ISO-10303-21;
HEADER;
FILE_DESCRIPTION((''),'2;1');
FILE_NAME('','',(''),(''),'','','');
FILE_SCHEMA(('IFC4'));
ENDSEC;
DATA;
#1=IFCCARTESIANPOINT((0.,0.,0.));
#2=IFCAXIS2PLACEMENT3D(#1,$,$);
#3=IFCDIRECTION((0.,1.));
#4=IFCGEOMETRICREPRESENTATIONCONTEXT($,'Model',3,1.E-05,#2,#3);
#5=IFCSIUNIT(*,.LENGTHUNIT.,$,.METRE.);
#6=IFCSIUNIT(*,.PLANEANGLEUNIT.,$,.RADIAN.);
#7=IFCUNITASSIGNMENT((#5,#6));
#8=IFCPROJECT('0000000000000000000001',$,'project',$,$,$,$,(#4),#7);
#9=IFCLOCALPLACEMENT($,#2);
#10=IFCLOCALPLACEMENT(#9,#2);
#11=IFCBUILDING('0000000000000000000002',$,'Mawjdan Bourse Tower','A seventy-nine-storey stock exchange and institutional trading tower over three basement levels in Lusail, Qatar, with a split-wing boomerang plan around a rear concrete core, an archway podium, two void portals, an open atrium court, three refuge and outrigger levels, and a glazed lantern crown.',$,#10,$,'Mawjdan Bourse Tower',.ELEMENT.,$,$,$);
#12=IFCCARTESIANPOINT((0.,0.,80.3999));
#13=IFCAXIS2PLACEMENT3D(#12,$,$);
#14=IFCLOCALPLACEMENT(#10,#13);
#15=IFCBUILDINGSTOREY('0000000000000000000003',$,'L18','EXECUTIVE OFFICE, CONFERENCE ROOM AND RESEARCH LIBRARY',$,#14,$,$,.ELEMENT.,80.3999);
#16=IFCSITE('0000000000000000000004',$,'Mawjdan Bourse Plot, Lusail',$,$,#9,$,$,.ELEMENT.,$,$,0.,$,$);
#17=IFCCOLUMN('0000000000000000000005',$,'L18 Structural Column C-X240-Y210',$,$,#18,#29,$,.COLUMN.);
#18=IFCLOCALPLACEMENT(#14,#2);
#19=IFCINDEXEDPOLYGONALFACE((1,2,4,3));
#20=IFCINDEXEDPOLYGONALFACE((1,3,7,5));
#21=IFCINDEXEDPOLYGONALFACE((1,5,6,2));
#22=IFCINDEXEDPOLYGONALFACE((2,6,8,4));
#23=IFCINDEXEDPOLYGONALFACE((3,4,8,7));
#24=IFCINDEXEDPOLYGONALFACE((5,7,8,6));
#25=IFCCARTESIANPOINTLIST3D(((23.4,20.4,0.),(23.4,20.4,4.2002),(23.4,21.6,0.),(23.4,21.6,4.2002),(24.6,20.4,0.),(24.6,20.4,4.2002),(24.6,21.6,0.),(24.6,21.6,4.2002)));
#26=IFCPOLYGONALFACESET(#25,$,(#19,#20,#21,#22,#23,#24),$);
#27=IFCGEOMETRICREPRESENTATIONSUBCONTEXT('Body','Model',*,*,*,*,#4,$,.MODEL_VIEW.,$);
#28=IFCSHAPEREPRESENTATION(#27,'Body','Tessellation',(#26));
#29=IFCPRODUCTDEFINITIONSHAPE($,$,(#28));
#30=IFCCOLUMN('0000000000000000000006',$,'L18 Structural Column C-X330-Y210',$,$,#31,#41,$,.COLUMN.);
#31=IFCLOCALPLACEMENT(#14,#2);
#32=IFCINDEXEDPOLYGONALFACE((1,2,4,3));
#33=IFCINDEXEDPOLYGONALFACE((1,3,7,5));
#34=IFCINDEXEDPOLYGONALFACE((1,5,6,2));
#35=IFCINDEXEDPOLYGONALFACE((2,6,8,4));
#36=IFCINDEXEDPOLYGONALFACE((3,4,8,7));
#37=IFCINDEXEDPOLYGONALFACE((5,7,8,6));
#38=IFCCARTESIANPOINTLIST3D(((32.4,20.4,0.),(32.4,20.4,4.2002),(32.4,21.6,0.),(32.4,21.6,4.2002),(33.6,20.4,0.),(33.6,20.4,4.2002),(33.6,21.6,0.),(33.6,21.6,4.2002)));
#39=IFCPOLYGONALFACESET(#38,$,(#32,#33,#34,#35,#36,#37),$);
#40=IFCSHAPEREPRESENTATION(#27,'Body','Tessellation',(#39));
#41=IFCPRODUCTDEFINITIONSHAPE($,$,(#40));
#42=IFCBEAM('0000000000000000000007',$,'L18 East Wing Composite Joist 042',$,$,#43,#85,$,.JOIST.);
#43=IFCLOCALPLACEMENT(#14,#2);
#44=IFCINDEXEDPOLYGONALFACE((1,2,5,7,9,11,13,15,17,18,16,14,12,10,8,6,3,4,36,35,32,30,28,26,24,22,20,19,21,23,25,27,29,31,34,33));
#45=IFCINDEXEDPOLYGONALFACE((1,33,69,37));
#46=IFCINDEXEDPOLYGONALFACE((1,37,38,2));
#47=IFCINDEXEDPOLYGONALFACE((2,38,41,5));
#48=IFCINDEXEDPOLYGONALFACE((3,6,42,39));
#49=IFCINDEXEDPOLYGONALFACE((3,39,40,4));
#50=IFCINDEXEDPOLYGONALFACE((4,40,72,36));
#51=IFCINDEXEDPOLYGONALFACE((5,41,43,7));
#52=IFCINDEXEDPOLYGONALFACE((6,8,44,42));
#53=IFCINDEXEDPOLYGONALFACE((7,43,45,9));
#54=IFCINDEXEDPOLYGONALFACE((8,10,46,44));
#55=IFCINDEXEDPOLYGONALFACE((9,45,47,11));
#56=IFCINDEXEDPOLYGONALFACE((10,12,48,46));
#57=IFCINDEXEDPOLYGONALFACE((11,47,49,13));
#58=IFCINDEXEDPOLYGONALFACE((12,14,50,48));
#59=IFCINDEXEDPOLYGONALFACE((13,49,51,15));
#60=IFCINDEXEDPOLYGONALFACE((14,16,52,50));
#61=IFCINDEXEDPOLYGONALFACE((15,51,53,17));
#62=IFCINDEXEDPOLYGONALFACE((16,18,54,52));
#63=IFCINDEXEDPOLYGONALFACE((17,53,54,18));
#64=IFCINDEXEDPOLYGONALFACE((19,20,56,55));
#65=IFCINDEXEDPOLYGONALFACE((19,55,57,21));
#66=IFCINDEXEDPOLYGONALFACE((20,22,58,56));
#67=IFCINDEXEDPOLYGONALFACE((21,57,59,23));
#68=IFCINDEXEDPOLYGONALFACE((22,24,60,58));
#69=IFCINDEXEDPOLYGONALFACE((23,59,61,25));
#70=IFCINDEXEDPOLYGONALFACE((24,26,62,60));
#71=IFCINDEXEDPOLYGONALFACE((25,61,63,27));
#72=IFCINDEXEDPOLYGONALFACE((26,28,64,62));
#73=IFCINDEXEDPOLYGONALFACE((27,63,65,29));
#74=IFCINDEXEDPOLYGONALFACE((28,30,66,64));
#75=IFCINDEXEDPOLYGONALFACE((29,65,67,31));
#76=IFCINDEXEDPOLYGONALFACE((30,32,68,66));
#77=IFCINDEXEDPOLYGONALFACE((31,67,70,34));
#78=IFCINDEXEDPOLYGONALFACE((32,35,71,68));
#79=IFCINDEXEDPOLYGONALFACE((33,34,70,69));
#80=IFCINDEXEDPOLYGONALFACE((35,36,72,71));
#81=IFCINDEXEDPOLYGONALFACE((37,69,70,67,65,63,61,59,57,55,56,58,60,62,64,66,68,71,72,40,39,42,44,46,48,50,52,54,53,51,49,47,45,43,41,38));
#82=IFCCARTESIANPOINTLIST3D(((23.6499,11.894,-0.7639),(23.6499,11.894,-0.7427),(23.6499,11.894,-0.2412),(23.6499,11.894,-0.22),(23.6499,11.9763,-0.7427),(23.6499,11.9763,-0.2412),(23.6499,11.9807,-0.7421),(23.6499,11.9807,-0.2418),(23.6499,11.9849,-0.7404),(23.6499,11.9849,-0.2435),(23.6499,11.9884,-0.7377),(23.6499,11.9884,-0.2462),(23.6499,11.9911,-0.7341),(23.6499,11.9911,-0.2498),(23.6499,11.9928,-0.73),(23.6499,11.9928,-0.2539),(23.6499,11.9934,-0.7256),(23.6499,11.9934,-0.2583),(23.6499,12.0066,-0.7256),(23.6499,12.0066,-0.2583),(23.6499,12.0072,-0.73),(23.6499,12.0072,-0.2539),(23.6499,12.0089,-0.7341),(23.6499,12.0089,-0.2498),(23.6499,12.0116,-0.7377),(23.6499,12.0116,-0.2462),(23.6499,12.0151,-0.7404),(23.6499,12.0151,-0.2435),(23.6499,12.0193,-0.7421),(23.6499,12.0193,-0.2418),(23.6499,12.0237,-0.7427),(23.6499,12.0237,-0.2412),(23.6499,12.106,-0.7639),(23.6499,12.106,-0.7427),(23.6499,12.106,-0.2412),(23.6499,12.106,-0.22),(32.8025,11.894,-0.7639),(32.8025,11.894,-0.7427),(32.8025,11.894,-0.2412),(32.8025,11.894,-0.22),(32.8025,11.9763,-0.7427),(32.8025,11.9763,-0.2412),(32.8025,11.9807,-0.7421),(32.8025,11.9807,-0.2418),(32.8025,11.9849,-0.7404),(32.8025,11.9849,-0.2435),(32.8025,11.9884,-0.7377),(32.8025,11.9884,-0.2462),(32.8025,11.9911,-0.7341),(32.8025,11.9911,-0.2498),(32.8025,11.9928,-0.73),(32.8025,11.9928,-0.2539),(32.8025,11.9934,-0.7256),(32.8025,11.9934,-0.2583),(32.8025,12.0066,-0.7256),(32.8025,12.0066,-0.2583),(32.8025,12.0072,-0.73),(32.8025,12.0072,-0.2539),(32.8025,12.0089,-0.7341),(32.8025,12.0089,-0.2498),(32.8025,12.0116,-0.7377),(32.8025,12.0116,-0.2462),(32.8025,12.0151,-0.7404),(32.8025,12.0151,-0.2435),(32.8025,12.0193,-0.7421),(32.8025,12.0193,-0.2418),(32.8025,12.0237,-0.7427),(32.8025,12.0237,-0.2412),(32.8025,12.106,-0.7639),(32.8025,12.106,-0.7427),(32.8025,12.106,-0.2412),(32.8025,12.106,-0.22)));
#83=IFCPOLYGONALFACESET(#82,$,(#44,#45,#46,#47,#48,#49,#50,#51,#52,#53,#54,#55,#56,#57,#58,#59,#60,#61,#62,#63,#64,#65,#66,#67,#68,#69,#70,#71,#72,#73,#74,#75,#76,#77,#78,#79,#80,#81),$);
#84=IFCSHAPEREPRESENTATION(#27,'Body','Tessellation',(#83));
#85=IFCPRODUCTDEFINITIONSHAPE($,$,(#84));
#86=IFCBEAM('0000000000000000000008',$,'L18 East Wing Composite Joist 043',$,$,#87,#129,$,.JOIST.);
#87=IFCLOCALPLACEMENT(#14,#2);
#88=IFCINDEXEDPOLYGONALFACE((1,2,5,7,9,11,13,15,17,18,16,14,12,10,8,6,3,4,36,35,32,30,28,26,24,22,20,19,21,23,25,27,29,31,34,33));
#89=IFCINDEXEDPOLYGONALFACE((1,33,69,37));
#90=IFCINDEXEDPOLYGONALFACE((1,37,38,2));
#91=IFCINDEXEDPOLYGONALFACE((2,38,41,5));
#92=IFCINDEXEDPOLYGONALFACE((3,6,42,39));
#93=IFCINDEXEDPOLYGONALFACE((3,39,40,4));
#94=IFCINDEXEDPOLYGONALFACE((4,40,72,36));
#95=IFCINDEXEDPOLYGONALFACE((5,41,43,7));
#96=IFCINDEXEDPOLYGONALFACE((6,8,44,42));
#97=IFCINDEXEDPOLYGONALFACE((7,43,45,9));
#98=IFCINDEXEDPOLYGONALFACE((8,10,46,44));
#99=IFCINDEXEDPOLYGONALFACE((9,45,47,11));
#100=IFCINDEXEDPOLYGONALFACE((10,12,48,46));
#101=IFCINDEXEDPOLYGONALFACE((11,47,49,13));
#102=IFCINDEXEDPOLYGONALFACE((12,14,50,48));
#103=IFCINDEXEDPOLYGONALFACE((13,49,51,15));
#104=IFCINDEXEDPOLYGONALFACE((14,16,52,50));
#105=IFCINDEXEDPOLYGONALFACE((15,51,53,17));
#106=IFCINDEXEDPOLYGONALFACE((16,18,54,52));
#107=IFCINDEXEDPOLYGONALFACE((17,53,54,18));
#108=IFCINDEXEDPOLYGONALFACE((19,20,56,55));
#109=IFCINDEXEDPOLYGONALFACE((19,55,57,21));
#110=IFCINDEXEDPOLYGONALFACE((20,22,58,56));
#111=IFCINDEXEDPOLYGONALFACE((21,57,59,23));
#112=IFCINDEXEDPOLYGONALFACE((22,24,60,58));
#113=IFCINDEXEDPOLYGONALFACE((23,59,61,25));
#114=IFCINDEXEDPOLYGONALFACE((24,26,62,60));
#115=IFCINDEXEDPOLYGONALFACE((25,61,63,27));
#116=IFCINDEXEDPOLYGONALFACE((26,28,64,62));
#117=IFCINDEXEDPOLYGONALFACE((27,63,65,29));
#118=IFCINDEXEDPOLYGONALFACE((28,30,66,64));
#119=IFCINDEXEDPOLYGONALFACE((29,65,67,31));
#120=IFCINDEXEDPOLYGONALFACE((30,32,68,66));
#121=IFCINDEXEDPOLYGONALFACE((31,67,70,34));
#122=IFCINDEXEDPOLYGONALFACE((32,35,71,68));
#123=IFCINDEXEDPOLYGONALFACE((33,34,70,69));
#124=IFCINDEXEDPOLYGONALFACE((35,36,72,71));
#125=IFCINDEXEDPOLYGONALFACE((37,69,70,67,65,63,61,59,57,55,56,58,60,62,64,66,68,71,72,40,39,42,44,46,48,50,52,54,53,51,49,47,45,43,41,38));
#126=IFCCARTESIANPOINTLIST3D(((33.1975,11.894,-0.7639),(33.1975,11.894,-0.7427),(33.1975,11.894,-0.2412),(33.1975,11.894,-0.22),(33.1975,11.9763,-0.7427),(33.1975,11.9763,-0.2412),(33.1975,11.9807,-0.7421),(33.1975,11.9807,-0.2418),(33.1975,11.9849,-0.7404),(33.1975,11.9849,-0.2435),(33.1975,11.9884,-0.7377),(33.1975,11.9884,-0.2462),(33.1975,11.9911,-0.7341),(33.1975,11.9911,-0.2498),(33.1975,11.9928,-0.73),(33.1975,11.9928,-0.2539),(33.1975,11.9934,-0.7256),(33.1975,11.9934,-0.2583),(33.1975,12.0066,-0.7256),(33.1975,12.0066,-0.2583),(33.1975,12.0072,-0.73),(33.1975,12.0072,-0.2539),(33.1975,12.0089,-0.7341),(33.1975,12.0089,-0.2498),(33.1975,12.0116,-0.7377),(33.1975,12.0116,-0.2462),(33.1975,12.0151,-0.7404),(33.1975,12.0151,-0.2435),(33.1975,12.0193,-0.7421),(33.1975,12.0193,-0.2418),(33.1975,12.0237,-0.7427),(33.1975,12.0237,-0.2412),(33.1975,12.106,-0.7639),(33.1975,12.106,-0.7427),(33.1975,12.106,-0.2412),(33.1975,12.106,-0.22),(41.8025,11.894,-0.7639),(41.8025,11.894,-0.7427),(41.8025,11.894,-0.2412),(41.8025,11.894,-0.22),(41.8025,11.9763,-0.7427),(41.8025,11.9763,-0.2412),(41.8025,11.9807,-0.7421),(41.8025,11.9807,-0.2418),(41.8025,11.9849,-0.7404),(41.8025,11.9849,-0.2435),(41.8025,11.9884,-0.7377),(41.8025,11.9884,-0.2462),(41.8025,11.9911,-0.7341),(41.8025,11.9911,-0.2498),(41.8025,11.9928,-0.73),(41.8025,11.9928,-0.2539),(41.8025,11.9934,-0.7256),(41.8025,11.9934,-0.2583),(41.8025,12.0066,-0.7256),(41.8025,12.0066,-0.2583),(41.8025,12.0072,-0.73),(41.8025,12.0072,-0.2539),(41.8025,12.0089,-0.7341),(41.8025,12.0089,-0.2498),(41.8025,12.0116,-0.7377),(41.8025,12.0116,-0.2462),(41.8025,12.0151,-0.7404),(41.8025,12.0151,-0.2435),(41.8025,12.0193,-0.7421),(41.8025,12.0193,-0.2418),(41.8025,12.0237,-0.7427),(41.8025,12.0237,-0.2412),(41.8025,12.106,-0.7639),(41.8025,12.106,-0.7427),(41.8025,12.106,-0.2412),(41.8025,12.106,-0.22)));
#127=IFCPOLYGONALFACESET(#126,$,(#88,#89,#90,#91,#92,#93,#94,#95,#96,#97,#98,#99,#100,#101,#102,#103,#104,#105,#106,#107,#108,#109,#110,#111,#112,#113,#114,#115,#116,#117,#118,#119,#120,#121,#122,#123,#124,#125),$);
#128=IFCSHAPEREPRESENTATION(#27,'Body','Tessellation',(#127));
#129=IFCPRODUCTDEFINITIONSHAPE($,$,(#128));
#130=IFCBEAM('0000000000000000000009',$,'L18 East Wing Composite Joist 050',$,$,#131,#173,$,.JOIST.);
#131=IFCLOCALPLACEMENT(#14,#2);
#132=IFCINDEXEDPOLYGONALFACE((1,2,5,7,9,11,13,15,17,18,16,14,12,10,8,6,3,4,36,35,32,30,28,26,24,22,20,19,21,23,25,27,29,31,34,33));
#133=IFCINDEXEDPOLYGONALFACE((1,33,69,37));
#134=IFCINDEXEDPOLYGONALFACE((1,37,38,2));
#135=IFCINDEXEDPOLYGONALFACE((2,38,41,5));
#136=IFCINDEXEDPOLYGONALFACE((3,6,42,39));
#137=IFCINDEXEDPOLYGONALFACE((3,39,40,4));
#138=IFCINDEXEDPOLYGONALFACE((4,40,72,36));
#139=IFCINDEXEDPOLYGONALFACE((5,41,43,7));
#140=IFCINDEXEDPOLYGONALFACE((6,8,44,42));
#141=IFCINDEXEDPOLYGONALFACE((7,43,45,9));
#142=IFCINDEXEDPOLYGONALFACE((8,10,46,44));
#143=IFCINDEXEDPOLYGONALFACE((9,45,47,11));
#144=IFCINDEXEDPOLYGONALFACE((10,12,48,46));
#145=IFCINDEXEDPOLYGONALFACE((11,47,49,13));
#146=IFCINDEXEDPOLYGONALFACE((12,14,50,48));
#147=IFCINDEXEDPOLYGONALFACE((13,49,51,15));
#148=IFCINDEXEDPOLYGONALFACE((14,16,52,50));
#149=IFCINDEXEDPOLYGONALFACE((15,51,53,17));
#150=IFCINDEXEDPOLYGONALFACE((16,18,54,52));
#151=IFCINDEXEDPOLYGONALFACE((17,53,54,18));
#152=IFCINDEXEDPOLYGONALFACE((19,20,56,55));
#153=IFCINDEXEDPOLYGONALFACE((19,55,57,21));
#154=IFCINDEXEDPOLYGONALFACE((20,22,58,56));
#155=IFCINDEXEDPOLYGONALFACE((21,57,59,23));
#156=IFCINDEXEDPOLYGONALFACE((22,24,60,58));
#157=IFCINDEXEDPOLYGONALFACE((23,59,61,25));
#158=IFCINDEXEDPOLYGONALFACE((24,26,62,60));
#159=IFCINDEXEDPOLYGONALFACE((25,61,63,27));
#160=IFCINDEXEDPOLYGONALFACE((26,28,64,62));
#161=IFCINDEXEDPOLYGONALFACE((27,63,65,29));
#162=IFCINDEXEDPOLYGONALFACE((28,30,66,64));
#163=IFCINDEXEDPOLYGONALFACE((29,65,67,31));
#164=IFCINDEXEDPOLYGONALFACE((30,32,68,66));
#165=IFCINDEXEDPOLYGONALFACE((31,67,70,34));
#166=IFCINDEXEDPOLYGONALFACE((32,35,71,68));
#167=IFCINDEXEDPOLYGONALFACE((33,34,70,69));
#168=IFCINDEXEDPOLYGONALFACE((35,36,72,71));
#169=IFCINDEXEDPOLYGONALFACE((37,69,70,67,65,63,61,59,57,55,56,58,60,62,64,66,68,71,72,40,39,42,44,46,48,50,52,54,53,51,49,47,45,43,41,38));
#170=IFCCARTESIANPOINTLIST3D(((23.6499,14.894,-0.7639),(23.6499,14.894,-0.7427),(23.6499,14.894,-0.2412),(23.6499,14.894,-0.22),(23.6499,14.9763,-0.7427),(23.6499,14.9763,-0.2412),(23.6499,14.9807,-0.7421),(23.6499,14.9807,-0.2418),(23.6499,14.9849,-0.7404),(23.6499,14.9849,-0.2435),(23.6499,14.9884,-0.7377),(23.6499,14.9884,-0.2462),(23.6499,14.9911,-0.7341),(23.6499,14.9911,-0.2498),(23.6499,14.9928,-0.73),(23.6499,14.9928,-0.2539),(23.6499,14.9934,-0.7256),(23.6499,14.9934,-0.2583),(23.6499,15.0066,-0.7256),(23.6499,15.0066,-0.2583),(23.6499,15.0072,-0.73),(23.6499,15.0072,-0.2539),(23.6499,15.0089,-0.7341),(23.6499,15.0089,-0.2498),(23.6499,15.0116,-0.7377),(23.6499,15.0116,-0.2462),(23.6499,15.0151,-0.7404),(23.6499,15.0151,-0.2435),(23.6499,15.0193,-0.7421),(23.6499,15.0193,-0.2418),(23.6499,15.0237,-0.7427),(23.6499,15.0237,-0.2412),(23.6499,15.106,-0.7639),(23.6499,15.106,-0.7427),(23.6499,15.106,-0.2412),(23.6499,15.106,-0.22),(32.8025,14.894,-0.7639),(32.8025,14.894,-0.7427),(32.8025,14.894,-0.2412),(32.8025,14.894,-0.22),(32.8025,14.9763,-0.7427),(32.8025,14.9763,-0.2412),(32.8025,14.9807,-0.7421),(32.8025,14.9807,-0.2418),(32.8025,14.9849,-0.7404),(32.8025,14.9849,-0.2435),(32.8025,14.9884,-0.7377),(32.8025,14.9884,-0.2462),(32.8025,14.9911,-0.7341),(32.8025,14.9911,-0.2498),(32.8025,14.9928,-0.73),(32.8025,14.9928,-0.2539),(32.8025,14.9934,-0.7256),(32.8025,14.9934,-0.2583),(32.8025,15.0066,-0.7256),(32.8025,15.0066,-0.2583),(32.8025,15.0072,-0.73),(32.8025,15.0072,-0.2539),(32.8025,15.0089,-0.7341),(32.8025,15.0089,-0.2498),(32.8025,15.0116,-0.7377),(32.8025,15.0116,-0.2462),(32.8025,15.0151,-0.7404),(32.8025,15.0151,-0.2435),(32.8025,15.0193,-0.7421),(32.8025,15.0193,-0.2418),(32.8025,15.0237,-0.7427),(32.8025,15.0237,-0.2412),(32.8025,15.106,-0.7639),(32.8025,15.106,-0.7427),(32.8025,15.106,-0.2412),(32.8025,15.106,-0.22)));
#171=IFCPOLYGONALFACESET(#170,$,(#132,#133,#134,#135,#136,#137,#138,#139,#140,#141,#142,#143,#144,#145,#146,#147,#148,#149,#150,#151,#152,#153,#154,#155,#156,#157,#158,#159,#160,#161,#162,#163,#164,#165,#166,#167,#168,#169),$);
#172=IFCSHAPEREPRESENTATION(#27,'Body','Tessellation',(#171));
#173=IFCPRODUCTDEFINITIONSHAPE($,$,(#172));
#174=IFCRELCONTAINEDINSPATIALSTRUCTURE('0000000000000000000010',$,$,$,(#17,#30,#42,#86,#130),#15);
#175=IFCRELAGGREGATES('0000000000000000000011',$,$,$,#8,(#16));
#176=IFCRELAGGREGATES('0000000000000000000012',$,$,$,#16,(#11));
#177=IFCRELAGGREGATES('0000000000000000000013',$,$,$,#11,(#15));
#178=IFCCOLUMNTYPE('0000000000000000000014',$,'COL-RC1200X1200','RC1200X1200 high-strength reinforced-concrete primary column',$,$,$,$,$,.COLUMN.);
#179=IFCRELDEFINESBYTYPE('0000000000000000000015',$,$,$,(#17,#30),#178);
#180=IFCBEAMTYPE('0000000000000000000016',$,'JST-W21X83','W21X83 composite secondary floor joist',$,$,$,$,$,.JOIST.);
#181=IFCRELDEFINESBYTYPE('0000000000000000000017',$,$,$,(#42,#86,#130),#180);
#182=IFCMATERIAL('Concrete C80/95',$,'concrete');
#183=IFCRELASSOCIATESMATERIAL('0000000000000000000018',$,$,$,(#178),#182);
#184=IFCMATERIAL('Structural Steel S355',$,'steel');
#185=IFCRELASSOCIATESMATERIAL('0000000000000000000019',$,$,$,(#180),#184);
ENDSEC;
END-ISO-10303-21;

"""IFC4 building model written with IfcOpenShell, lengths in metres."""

from ifc_helpers import new_model, si_unit, direction, frame, origin, origin_2d, place, context, subcontext, project, spatial, rectangle, i_section, extrude, material, material_profile, profile_set, type_object, element, save


model = new_model("IFC4")

# Units and contexts
model_context = context("Model", 3, precision=1e-05, world=origin(), true_north=direction((0.0, 1.0)))
body_context = subcontext(model_context, "Body", "Model", "MODEL_VIEW")
ifc_project = project(units=[si_unit("LENGTHUNIT", "METRE"), si_unit("PLANEANGLEUNIT", "RADIAN")], contexts=[model_context])

# Site, building, storey
site_placement = place(None, origin())
site = spatial("IfcSite", under=ifc_project, at=site_placement, Name="Mawjdan Bourse Plot, Lusail", CompositionType="ELEMENT", RefElevation=0.0)
building_placement = place(site_placement, origin())
building = spatial("IfcBuilding", under=site, at=building_placement, Name="Mawjdan Bourse Tower", Description="A seventy-nine-storey stock exchange and institutional trading tower over three basement levels in Lusail, Qatar, with a split-wing boomerang plan around a rear concrete core, an archway podium, two void portals, an open atrium court, three refuge and outrigger levels, and a glazed lantern crown.", LongName="Mawjdan Bourse Tower", CompositionType="ELEMENT")
storey_placement = place(building_placement, frame((0.0, 0.0, 80.3999)))
storey = spatial("IfcBuildingStorey", under=building, at=storey_placement, Name="L18", Description="EXECUTIVE OFFICE, CONFERENCE ROOM AND RESEARCH LIBRARY", CompositionType="ELEMENT", Elevation=80.3999)

# Columns
ifc_material_1 = material(Name="Concrete C80/95", Category="concrete")
ifc_material_profile_1 = material_profile(ifc_material_1, rectangle(XDim=1.2, YDim=1.2, at=origin_2d()), Name="RC1200X1200")
ifc_profile_set_1 = profile_set([ifc_material_profile_1], Name="Concrete C80/95")
column_type = type_object("IfcColumnType", Name="COL-RC1200X1200", Description="RC1200X1200 high-strength reinforced-concrete primary column", PredefinedType="COLUMN", material=ifc_profile_set_1)
for number, where, z_axis, x_axis, name in (
    (1, (24.0, 21.0, 0.0), (0.0, 0.0, 1.0), (1.0, 0.0, 0.0), "L18 Structural Column C-X240-Y210"),
    (2, (33.0, 21.0, 0.0), (0.0, 0.0, 1.0), (1.0, 0.0, 0.0), "L18 Structural Column C-X330-Y210"),
):
    element("IfcColumn", number, at=place(storey_placement, frame(where, z_axis=z_axis, x_axis=x_axis)), inside=storey, type_object=column_type, Name=name, PredefinedType="COLUMN", context=body_context, shape_type="SweptSolid", body=[
        extrude(rectangle(XDim=1.2, YDim=1.2, at=origin_2d()), origin(), (0.0, 0.0, 1.0), 4.2002),
    ])

# Beams
ifc_material_2 = material(Name="Structural Steel S355", Category="steel")
ifc_material_profile_2 = material_profile(ifc_material_2, i_section(OverallWidth=0.2119, OverallDepth=0.5439, WebThickness=0.0132, FlangeThickness=0.0212, FilletRadius=0.0171, at=origin_2d()), Name="W21X83")
ifc_profile_set_2 = profile_set([ifc_material_profile_2], Name="Structural Steel S355")
beam_type_1 = type_object("IfcBeamType", Name="JST-W21X83", Description="W21X83 composite secondary floor joist", PredefinedType="JOIST", material=ifc_profile_set_2)
beam_1_placement = place(storey_placement, frame((23.6499, 12.0, -0.4919), z_axis=(1.0, 0.0, 0.0), x_axis=(0.0, 1.0, 0.0)))
element("IfcBeam", 3, at=beam_1_placement, inside=storey, type_object=beam_type_1, Name="L18 East Wing Composite Joist 042", PredefinedType="JOIST", context=body_context, shape_type="SweptSolid", body=[
    extrude(i_section(OverallWidth=0.2119, OverallDepth=0.5439, WebThickness=0.0132, FlangeThickness=0.0212, FilletRadius=0.0171, at=origin_2d()), origin(), (0.0, 0.0, 1.0), 9.1526),
])
beam_2_placement = place(storey_placement, frame((33.1975, 12.0, -0.4919), z_axis=(1.0, 0.0, 0.0), x_axis=(0.0, 1.0, 0.0)))
element("IfcBeam", 4, at=beam_2_placement, inside=storey, type_object=beam_type_1, Name="L18 East Wing Composite Joist 043", PredefinedType="JOIST", context=body_context, shape_type="SweptSolid", body=[
    extrude(i_section(OverallWidth=0.2119, OverallDepth=0.5439, WebThickness=0.0132, FlangeThickness=0.0212, FilletRadius=0.0171, at=origin_2d()), origin(), (0.0, 0.0, 1.0), 8.605),
])
beam_3_placement = place(storey_placement, frame((23.6499, 15.0, -0.4919), z_axis=(1.0, 0.0, 0.0), x_axis=(0.0, 1.0, 0.0)))
element("IfcBeam", 5, at=beam_3_placement, inside=storey, type_object=beam_type_1, Name="L18 East Wing Composite Joist 050", PredefinedType="JOIST", context=body_context, shape_type="SweptSolid", body=[
    extrude(i_section(OverallWidth=0.2119, OverallDepth=0.5439, WebThickness=0.0132, FlangeThickness=0.0212, FilletRadius=0.0171, at=origin_2d()), origin(), (0.0, 0.0, 1.0), 9.1526),
])

save(model, "model.ifc")
